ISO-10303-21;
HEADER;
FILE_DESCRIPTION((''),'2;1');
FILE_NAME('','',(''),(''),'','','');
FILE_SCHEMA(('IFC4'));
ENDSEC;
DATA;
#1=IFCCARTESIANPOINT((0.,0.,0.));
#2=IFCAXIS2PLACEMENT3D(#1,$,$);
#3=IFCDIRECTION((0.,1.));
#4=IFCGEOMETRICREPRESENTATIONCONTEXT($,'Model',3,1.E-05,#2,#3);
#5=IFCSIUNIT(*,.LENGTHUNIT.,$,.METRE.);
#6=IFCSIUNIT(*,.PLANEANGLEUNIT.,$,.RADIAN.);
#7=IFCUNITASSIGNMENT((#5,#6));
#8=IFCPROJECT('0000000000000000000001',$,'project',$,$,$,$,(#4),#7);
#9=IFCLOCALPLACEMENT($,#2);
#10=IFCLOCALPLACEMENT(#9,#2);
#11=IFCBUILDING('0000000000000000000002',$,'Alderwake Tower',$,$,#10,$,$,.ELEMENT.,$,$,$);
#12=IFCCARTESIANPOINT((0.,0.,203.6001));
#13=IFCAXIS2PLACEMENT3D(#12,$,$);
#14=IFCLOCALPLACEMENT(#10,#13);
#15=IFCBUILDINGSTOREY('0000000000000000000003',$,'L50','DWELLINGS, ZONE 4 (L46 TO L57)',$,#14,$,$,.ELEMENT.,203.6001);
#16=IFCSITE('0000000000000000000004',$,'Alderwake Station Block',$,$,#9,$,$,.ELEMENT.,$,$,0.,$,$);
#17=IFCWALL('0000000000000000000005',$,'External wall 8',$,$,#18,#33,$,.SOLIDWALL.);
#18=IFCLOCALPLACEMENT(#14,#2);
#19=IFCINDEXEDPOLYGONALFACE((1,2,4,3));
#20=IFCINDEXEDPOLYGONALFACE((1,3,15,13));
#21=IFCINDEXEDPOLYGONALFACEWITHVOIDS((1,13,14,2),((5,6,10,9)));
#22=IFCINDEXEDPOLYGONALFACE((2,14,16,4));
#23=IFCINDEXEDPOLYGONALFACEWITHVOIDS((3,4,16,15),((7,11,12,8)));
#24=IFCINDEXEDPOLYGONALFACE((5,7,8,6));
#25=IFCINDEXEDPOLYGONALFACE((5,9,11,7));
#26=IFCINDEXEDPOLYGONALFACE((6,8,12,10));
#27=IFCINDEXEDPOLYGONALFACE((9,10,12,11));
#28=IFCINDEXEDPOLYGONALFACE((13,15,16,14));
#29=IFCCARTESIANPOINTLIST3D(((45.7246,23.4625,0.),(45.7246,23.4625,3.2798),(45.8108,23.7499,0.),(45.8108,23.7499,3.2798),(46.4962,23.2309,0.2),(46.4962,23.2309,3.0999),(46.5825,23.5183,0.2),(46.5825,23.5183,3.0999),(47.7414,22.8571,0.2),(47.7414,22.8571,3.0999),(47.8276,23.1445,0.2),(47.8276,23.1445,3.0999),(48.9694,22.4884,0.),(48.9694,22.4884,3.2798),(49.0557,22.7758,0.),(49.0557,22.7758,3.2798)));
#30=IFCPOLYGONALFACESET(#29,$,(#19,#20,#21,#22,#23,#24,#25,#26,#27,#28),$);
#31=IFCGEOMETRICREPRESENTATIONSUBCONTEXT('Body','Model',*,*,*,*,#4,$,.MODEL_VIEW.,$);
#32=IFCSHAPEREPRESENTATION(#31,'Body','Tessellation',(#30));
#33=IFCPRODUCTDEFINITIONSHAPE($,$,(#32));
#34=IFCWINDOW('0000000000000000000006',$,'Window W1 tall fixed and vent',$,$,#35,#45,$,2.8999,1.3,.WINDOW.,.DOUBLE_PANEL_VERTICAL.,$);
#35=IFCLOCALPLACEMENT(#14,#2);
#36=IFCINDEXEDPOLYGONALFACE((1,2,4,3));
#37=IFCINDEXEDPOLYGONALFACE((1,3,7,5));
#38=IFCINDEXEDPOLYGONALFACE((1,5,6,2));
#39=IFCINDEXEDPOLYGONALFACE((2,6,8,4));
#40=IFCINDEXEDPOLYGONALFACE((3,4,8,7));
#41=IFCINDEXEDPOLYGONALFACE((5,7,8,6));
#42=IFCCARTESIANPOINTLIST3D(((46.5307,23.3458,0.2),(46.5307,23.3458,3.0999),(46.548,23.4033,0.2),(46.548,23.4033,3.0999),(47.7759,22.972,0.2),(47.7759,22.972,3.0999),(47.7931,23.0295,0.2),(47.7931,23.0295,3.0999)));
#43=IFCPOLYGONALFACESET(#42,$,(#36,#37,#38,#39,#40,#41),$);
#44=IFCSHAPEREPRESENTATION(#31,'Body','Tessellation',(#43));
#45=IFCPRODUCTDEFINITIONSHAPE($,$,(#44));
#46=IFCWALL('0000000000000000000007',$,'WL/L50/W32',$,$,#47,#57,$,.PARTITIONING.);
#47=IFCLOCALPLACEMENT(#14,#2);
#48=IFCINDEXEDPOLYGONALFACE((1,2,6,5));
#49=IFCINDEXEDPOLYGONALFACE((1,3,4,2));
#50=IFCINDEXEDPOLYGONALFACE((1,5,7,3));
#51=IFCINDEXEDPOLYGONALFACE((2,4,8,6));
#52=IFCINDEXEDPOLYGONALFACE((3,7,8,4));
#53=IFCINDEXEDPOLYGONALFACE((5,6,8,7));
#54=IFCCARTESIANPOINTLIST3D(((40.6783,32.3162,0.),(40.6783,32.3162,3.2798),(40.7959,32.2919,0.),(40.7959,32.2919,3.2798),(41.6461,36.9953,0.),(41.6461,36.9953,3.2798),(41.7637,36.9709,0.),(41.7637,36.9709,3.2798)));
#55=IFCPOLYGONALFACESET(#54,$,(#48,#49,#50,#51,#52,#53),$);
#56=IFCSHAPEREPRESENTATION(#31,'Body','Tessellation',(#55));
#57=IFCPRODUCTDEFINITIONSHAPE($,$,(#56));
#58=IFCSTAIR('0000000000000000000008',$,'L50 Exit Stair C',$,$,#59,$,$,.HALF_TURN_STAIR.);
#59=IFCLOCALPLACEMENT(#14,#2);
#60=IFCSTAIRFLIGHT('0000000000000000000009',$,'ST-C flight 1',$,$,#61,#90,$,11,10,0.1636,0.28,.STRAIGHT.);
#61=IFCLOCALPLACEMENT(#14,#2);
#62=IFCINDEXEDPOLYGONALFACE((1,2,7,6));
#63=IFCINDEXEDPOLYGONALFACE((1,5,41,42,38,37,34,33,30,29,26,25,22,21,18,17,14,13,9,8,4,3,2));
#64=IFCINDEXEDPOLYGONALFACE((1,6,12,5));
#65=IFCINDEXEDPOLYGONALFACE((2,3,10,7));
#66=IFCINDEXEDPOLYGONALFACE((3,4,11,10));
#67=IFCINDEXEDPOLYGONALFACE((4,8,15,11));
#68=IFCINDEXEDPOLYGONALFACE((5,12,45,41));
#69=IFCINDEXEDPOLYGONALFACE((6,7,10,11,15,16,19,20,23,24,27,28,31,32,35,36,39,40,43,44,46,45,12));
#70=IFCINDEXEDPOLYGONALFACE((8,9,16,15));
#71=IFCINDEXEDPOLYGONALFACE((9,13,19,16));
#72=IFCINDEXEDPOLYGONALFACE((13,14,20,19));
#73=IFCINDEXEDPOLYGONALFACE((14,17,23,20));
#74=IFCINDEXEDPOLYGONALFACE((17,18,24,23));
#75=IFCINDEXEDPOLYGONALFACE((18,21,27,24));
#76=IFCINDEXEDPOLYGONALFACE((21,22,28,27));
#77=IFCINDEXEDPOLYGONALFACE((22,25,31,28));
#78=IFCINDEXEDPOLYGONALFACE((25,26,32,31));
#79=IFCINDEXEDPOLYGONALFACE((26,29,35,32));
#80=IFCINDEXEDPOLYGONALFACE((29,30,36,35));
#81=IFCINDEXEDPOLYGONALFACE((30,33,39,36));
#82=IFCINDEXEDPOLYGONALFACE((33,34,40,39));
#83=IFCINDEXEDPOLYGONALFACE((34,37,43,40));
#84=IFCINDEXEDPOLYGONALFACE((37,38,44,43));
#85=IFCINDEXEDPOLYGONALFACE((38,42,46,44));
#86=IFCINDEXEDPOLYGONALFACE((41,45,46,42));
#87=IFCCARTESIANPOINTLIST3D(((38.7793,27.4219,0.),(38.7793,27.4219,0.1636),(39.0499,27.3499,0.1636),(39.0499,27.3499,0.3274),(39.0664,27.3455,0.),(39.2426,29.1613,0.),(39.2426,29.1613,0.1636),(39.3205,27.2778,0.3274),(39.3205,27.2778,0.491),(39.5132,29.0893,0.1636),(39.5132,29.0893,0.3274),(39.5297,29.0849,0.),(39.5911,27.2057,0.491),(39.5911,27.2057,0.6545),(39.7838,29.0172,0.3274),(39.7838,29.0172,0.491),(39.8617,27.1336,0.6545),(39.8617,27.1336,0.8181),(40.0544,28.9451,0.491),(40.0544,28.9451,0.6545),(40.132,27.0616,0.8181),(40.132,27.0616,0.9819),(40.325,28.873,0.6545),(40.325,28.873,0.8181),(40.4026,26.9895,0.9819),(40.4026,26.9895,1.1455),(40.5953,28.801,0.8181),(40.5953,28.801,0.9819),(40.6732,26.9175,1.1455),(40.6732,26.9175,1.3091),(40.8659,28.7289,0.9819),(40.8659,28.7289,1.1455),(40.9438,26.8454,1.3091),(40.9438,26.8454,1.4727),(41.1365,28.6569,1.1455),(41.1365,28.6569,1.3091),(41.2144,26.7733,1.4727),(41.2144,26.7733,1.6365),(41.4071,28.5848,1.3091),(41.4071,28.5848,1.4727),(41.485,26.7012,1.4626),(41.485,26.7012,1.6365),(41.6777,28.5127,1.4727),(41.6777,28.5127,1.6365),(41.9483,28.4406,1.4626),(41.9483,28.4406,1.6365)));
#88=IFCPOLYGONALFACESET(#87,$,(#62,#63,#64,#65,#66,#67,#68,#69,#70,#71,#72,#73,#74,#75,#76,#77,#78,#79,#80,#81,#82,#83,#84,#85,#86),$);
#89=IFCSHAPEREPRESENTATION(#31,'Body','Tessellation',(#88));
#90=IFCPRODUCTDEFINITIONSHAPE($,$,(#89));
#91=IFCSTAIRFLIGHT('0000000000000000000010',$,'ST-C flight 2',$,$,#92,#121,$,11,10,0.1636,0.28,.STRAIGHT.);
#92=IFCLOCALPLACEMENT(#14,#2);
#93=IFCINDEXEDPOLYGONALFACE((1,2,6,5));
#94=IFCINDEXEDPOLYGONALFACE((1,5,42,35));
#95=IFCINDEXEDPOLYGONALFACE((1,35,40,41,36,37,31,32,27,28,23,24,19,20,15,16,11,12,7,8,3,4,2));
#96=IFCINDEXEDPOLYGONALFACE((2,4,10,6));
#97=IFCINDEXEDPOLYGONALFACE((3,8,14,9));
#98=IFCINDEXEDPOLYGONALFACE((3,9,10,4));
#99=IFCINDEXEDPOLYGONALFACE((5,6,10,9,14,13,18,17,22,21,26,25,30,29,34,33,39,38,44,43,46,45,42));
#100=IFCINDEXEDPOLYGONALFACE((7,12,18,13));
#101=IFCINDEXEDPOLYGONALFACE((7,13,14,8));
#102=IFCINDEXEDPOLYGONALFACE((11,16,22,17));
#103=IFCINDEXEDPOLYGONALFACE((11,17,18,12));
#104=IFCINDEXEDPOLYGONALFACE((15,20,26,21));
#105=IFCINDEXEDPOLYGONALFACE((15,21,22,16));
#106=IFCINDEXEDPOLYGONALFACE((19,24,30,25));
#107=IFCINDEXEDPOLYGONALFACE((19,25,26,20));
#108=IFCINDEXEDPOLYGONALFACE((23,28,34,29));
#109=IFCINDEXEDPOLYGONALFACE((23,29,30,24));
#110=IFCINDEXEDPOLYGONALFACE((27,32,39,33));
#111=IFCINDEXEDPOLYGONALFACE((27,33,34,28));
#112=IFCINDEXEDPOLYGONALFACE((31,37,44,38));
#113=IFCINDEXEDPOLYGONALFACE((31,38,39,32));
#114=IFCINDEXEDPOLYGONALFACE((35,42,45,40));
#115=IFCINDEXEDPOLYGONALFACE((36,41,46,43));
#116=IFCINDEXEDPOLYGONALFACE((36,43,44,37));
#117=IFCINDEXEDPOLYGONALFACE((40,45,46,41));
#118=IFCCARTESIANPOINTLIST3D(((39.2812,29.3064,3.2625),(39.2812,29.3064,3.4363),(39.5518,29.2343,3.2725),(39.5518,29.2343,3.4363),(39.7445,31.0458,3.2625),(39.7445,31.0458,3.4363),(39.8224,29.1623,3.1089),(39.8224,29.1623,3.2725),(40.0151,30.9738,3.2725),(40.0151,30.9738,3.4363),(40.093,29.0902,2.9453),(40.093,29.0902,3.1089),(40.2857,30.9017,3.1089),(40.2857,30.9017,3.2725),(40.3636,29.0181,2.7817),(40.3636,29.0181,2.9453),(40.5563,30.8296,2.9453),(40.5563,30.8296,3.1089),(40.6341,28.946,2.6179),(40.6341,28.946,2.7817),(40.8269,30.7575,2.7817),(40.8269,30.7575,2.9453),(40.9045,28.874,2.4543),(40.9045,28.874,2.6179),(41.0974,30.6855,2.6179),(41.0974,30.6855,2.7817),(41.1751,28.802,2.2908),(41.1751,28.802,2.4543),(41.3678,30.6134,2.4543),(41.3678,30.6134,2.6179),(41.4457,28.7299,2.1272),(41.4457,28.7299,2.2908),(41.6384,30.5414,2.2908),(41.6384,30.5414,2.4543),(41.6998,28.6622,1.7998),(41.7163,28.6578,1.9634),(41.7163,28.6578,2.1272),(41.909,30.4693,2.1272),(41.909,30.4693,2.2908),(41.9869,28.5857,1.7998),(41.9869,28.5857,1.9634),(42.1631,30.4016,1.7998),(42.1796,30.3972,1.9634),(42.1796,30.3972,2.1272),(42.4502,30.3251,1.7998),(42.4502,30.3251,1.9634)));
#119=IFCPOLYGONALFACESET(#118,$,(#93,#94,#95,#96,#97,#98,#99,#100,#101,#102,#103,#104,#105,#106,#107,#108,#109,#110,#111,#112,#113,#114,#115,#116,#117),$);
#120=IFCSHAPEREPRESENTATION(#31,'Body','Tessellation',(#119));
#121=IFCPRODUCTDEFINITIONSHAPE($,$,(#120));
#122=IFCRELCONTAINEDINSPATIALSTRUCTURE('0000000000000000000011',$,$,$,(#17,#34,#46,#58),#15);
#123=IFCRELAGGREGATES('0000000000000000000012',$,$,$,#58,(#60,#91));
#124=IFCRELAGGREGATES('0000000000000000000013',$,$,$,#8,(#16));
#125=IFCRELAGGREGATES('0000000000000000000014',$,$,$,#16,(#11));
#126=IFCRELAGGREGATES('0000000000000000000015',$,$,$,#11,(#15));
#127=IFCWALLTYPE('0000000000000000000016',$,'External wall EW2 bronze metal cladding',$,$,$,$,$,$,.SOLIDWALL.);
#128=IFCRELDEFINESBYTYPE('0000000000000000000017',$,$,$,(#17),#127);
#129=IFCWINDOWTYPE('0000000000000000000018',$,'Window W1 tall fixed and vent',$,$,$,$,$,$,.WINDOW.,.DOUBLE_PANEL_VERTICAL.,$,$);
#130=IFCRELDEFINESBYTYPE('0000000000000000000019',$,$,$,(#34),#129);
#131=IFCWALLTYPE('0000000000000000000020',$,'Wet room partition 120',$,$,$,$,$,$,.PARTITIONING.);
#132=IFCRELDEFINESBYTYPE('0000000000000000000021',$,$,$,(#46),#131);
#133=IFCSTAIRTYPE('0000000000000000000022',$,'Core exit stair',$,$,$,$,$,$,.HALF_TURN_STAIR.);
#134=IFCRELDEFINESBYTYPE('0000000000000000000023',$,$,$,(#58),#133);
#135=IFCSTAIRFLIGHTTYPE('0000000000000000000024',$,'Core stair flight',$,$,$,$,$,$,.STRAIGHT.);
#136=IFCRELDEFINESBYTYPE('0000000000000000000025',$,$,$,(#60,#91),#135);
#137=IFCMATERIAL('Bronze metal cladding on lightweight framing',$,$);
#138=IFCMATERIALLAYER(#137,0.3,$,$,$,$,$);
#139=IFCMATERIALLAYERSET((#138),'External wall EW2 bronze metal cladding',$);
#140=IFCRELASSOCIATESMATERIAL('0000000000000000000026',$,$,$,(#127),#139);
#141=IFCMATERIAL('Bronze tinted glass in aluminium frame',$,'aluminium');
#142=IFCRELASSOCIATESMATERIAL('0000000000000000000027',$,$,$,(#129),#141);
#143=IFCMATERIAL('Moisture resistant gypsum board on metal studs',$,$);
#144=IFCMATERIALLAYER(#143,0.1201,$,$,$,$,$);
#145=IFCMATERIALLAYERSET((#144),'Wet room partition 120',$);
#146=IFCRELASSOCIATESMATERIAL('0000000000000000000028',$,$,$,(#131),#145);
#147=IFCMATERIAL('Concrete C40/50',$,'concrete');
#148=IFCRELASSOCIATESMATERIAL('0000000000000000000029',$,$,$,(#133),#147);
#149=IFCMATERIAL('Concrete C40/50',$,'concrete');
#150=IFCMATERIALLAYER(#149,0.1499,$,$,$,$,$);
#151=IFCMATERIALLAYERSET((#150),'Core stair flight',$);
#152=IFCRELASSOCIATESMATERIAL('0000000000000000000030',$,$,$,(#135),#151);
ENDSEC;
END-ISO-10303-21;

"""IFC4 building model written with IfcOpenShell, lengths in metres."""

from ifc_helpers import new_model, si_unit, direction, frame, frame_2d, origin, place, context, subcontext, project, spatial, polyline, rectangle, outline, extrude, material, layer, layer_set, type_object, element, fill, aggregate, save


model = new_model("IFC4")

# Units and contexts
model_context = context("Model", 3, precision=1e-05, world=origin(), true_north=direction((0.0, 1.0)))
body_context = subcontext(model_context, "Body", "Model", "MODEL_VIEW")
ifc_project = project(units=[si_unit("LENGTHUNIT", "METRE"), si_unit("PLANEANGLEUNIT", "RADIAN")], contexts=[model_context])

# Site, building, storey
site_placement = place(None, origin())
site = spatial("IfcSite", under=ifc_project, at=site_placement, Name="Alderwake Station Block", CompositionType="ELEMENT", RefElevation=0.0)
building_placement = place(site_placement, origin())
building = spatial("IfcBuilding", under=site, at=building_placement, Name="Alderwake Tower", CompositionType="ELEMENT")
storey_placement = place(building_placement, frame((0.0, 0.0, 203.6001)))
storey = spatial("IfcBuildingStorey", under=building, at=storey_placement, Name="L50", Description="DWELLINGS, ZONE 4 (L46 TO L57)", CompositionType="ELEMENT", Elevation=203.6001)

# Wall, opening, window
ifc_material_1 = material(Name="Bronze metal cladding on lightweight framing")
ifc_layer_1 = layer(ifc_material_1, 0.3)
ifc_layer_set_1 = layer_set([ifc_layer_1], Name="External wall EW2 bronze metal cladding")
wall_type_1 = type_object("IfcWallType", Name="External wall EW2 bronze metal cladding", PredefinedType="SOLIDWALL", material=ifc_layer_set_1)
ifc_material_2 = material(Name="Bronze tinted glass in aluminium frame", Category="aluminium")
window_type = type_object("IfcWindowType", Name="Window W1 tall fixed and vent", PartitioningType="DOUBLE_PANEL_VERTICAL", PredefinedType="WINDOW", material=ifc_material_2)
wall_1_placement = place(storey_placement, frame((45.7678, 23.6062, 0.0), z_axis=(0.0, 0.0, 1.0), x_axis=(0.957773, -0.287526, 0.0)))
wall_1 = element("IfcWall", 1, at=wall_1_placement, inside=storey, type_object=wall_type_1, Name="External wall 8", PredefinedType="SOLIDWALL", context=body_context, shape_type="SweptSolid", body=[
    extrude(rectangle(XDim=3.3879, YDim=0.3, at=frame_2d((1.6938, 0.0))), origin(), (0.0, 0.0, 1.0), 3.2798),
])
opening_1_placement = place(wall_1_placement, frame((0.8057, 0.0, 0.2)))
opening_1 = element("IfcOpeningElement", 2, at=opening_1_placement, cuts=wall_1, PredefinedType="OPENING", context=body_context, shape_type="SweptSolid", body=[
    extrude(rectangle(XDim=1.3, YDim=2.8999, at=frame_2d((0.6499, 1.45))), frame((0.0, 0.1599, 0.0), z_axis=(0.0, -1.0, 0.0), x_axis=(1.0, 0.0, 0.0)), (0.0, 0.0, 1.0), 0.3201),
])
window_1_placement = place(opening_1_placement, origin())
window_1 = element("IfcWindow", 3, at=window_1_placement, inside=storey, type_object=window_type, Name="Window W1 tall fixed and vent", OverallHeight=2.8999, OverallWidth=1.3, PartitioningType="DOUBLE_PANEL_VERTICAL", PredefinedType="WINDOW", context=body_context, shape_type="SweptSolid", body=[
    extrude(rectangle(XDim=1.3, YDim=2.8999, at=frame_2d((0.6499, 1.45))), frame((0.0, 0.03, 0.0), z_axis=(0.0, -1.0, 0.0), x_axis=(1.0, 0.0, 0.0)), (0.0, 0.0, 1.0), 0.0601),
])
fill(opening_1, window_1)

# Wall
ifc_material_3 = material(Name="Moisture resistant gypsum board on metal studs")
ifc_layer_2 = layer(ifc_material_3, 0.1201)
ifc_layer_set_2 = layer_set([ifc_layer_2], Name="Wet room partition 120")
wall_type_2 = type_object("IfcWallType", Name="Wet room partition 120", PredefinedType="PARTITIONING", material=ifc_layer_set_2)
wall_2_placement = place(storey_placement, frame((40.7371, 32.304, 0.0), z_axis=(0.0, 0.0, 1.0), x_axis=(0.202548, 0.979272, 0.0)))
element("IfcWall", 4, at=wall_2_placement, inside=storey, type_object=wall_type_2, Name="WL/L50/W32", PredefinedType="PARTITIONING", context=body_context, shape_type="SweptSolid", body=[
    extrude(rectangle(XDim=4.7781, YDim=0.1201, at=frame_2d((2.3892, 0.0))), origin(), (0.0, 0.0, 1.0), 3.2798),
])

# Stair, stair flights
ifc_material_4 = material(Name="Concrete C40/50", Category="concrete")
stair_type = type_object("IfcStairType", Name="Core exit stair", PredefinedType="HALF_TURN_STAIR", material=ifc_material_4)
stair_placement = place(storey_placement, origin())
stair = element("IfcStair", 5, at=stair_placement, inside=storey, type_object=stair_type, Name="L50 Exit Stair C", PredefinedType="HALF_TURN_STAIR")
ifc_material_5 = material(Name="Concrete C40/50", Category="concrete")
ifc_layer_3 = layer(ifc_material_5, 0.1499)
ifc_layer_set_3 = layer_set([ifc_layer_3], Name="Core stair flight")
stair_flight_type = type_object("IfcStairFlightType", Name="Core stair flight", PredefinedType="STRAIGHT", material=ifc_layer_set_3)
stair_flight_1_placement = place(storey_placement, frame((39.011, 28.2917, 0.0), z_axis=(0.0, 0.0, 1.0), x_axis=(0.96631, -0.257382, 0.0)))
stair_flight_1 = element("IfcStairFlight", 6, at=stair_flight_1_placement, type_object=stair_flight_type, Name="ST-C flight 1", NumberOfRisers=11, NumberOfTreads=10, PredefinedType="STRAIGHT", RiserHeight=0.1636, TreadLength=0.28, context=body_context, shape_type="SweptSolid", body=[
    extrude(outline(polyline([(0.0, 0.0), (0.0, 0.1636), (0.28, 0.1636), (0.28, 0.3274), (0.5601, 0.3274), (0.5601, 0.491), (0.8401, 0.491), (0.8401, 0.6545), (1.1201, 0.6545), (1.1201, 0.8181), (1.3999, 0.8181), (1.3999, 0.9819), (1.6799, 0.9819), (1.6799, 1.1455), (1.96, 1.1455), (1.96, 1.3091), (2.24, 1.3091), (2.24, 1.4727), (2.52, 1.4727), (2.52, 1.6365), (2.8, 1.6365), (2.8, 1.8), (2.8, 1.4626), (0.2971, 0.0), (0.0, 0.0)])), frame((0.0, 0.8999, 0.0), z_axis=(0.0, -1.0, 0.0), x_axis=(1.0, 0.0, 0.0)), (0.0, 0.0, 1.0), 1.8),
])
stair_flight_2_placement = place(storey_placement, frame((42.2185, 29.4553, 1.7998), z_axis=(0.0, 0.0, 1.0), x_axis=(-0.96631, 0.257382, 0.0)))
stair_flight_2 = element("IfcStairFlight", 7, at=stair_flight_2_placement, type_object=stair_flight_type, Name="ST-C flight 2", NumberOfRisers=11, NumberOfTreads=10, PredefinedType="STRAIGHT", RiserHeight=0.1636, TreadLength=0.28, context=body_context, shape_type="SweptSolid", body=[
    extrude(outline(polyline([(0.0, 0.0), (0.0, 0.1636), (0.28, 0.1636), (0.28, 0.3274), (0.5601, 0.3274), (0.5601, 0.491), (0.8401, 0.491), (0.8401, 0.6545), (1.1201, 0.6545), (1.1201, 0.8181), (1.3999, 0.8181), (1.3999, 0.9819), (1.6799, 0.9819), (1.6799, 1.1455), (1.96, 1.1455), (1.96, 1.3091), (2.24, 1.3091), (2.24, 1.4727), (2.52, 1.4727), (2.52, 1.6365), (2.8, 1.6365), (2.8, 1.8), (2.8, 1.4626), (0.2971, 0.0), (0.0, 0.0)])), frame((0.0, 0.8999, 0.0), z_axis=(0.0, -1.0, 0.0), x_axis=(1.0, 0.0, 0.0)), (0.0, 0.0, 1.0), 1.8),
])
aggregate(stair, [stair_flight_1, stair_flight_2])

save(model, "model.ifc")
